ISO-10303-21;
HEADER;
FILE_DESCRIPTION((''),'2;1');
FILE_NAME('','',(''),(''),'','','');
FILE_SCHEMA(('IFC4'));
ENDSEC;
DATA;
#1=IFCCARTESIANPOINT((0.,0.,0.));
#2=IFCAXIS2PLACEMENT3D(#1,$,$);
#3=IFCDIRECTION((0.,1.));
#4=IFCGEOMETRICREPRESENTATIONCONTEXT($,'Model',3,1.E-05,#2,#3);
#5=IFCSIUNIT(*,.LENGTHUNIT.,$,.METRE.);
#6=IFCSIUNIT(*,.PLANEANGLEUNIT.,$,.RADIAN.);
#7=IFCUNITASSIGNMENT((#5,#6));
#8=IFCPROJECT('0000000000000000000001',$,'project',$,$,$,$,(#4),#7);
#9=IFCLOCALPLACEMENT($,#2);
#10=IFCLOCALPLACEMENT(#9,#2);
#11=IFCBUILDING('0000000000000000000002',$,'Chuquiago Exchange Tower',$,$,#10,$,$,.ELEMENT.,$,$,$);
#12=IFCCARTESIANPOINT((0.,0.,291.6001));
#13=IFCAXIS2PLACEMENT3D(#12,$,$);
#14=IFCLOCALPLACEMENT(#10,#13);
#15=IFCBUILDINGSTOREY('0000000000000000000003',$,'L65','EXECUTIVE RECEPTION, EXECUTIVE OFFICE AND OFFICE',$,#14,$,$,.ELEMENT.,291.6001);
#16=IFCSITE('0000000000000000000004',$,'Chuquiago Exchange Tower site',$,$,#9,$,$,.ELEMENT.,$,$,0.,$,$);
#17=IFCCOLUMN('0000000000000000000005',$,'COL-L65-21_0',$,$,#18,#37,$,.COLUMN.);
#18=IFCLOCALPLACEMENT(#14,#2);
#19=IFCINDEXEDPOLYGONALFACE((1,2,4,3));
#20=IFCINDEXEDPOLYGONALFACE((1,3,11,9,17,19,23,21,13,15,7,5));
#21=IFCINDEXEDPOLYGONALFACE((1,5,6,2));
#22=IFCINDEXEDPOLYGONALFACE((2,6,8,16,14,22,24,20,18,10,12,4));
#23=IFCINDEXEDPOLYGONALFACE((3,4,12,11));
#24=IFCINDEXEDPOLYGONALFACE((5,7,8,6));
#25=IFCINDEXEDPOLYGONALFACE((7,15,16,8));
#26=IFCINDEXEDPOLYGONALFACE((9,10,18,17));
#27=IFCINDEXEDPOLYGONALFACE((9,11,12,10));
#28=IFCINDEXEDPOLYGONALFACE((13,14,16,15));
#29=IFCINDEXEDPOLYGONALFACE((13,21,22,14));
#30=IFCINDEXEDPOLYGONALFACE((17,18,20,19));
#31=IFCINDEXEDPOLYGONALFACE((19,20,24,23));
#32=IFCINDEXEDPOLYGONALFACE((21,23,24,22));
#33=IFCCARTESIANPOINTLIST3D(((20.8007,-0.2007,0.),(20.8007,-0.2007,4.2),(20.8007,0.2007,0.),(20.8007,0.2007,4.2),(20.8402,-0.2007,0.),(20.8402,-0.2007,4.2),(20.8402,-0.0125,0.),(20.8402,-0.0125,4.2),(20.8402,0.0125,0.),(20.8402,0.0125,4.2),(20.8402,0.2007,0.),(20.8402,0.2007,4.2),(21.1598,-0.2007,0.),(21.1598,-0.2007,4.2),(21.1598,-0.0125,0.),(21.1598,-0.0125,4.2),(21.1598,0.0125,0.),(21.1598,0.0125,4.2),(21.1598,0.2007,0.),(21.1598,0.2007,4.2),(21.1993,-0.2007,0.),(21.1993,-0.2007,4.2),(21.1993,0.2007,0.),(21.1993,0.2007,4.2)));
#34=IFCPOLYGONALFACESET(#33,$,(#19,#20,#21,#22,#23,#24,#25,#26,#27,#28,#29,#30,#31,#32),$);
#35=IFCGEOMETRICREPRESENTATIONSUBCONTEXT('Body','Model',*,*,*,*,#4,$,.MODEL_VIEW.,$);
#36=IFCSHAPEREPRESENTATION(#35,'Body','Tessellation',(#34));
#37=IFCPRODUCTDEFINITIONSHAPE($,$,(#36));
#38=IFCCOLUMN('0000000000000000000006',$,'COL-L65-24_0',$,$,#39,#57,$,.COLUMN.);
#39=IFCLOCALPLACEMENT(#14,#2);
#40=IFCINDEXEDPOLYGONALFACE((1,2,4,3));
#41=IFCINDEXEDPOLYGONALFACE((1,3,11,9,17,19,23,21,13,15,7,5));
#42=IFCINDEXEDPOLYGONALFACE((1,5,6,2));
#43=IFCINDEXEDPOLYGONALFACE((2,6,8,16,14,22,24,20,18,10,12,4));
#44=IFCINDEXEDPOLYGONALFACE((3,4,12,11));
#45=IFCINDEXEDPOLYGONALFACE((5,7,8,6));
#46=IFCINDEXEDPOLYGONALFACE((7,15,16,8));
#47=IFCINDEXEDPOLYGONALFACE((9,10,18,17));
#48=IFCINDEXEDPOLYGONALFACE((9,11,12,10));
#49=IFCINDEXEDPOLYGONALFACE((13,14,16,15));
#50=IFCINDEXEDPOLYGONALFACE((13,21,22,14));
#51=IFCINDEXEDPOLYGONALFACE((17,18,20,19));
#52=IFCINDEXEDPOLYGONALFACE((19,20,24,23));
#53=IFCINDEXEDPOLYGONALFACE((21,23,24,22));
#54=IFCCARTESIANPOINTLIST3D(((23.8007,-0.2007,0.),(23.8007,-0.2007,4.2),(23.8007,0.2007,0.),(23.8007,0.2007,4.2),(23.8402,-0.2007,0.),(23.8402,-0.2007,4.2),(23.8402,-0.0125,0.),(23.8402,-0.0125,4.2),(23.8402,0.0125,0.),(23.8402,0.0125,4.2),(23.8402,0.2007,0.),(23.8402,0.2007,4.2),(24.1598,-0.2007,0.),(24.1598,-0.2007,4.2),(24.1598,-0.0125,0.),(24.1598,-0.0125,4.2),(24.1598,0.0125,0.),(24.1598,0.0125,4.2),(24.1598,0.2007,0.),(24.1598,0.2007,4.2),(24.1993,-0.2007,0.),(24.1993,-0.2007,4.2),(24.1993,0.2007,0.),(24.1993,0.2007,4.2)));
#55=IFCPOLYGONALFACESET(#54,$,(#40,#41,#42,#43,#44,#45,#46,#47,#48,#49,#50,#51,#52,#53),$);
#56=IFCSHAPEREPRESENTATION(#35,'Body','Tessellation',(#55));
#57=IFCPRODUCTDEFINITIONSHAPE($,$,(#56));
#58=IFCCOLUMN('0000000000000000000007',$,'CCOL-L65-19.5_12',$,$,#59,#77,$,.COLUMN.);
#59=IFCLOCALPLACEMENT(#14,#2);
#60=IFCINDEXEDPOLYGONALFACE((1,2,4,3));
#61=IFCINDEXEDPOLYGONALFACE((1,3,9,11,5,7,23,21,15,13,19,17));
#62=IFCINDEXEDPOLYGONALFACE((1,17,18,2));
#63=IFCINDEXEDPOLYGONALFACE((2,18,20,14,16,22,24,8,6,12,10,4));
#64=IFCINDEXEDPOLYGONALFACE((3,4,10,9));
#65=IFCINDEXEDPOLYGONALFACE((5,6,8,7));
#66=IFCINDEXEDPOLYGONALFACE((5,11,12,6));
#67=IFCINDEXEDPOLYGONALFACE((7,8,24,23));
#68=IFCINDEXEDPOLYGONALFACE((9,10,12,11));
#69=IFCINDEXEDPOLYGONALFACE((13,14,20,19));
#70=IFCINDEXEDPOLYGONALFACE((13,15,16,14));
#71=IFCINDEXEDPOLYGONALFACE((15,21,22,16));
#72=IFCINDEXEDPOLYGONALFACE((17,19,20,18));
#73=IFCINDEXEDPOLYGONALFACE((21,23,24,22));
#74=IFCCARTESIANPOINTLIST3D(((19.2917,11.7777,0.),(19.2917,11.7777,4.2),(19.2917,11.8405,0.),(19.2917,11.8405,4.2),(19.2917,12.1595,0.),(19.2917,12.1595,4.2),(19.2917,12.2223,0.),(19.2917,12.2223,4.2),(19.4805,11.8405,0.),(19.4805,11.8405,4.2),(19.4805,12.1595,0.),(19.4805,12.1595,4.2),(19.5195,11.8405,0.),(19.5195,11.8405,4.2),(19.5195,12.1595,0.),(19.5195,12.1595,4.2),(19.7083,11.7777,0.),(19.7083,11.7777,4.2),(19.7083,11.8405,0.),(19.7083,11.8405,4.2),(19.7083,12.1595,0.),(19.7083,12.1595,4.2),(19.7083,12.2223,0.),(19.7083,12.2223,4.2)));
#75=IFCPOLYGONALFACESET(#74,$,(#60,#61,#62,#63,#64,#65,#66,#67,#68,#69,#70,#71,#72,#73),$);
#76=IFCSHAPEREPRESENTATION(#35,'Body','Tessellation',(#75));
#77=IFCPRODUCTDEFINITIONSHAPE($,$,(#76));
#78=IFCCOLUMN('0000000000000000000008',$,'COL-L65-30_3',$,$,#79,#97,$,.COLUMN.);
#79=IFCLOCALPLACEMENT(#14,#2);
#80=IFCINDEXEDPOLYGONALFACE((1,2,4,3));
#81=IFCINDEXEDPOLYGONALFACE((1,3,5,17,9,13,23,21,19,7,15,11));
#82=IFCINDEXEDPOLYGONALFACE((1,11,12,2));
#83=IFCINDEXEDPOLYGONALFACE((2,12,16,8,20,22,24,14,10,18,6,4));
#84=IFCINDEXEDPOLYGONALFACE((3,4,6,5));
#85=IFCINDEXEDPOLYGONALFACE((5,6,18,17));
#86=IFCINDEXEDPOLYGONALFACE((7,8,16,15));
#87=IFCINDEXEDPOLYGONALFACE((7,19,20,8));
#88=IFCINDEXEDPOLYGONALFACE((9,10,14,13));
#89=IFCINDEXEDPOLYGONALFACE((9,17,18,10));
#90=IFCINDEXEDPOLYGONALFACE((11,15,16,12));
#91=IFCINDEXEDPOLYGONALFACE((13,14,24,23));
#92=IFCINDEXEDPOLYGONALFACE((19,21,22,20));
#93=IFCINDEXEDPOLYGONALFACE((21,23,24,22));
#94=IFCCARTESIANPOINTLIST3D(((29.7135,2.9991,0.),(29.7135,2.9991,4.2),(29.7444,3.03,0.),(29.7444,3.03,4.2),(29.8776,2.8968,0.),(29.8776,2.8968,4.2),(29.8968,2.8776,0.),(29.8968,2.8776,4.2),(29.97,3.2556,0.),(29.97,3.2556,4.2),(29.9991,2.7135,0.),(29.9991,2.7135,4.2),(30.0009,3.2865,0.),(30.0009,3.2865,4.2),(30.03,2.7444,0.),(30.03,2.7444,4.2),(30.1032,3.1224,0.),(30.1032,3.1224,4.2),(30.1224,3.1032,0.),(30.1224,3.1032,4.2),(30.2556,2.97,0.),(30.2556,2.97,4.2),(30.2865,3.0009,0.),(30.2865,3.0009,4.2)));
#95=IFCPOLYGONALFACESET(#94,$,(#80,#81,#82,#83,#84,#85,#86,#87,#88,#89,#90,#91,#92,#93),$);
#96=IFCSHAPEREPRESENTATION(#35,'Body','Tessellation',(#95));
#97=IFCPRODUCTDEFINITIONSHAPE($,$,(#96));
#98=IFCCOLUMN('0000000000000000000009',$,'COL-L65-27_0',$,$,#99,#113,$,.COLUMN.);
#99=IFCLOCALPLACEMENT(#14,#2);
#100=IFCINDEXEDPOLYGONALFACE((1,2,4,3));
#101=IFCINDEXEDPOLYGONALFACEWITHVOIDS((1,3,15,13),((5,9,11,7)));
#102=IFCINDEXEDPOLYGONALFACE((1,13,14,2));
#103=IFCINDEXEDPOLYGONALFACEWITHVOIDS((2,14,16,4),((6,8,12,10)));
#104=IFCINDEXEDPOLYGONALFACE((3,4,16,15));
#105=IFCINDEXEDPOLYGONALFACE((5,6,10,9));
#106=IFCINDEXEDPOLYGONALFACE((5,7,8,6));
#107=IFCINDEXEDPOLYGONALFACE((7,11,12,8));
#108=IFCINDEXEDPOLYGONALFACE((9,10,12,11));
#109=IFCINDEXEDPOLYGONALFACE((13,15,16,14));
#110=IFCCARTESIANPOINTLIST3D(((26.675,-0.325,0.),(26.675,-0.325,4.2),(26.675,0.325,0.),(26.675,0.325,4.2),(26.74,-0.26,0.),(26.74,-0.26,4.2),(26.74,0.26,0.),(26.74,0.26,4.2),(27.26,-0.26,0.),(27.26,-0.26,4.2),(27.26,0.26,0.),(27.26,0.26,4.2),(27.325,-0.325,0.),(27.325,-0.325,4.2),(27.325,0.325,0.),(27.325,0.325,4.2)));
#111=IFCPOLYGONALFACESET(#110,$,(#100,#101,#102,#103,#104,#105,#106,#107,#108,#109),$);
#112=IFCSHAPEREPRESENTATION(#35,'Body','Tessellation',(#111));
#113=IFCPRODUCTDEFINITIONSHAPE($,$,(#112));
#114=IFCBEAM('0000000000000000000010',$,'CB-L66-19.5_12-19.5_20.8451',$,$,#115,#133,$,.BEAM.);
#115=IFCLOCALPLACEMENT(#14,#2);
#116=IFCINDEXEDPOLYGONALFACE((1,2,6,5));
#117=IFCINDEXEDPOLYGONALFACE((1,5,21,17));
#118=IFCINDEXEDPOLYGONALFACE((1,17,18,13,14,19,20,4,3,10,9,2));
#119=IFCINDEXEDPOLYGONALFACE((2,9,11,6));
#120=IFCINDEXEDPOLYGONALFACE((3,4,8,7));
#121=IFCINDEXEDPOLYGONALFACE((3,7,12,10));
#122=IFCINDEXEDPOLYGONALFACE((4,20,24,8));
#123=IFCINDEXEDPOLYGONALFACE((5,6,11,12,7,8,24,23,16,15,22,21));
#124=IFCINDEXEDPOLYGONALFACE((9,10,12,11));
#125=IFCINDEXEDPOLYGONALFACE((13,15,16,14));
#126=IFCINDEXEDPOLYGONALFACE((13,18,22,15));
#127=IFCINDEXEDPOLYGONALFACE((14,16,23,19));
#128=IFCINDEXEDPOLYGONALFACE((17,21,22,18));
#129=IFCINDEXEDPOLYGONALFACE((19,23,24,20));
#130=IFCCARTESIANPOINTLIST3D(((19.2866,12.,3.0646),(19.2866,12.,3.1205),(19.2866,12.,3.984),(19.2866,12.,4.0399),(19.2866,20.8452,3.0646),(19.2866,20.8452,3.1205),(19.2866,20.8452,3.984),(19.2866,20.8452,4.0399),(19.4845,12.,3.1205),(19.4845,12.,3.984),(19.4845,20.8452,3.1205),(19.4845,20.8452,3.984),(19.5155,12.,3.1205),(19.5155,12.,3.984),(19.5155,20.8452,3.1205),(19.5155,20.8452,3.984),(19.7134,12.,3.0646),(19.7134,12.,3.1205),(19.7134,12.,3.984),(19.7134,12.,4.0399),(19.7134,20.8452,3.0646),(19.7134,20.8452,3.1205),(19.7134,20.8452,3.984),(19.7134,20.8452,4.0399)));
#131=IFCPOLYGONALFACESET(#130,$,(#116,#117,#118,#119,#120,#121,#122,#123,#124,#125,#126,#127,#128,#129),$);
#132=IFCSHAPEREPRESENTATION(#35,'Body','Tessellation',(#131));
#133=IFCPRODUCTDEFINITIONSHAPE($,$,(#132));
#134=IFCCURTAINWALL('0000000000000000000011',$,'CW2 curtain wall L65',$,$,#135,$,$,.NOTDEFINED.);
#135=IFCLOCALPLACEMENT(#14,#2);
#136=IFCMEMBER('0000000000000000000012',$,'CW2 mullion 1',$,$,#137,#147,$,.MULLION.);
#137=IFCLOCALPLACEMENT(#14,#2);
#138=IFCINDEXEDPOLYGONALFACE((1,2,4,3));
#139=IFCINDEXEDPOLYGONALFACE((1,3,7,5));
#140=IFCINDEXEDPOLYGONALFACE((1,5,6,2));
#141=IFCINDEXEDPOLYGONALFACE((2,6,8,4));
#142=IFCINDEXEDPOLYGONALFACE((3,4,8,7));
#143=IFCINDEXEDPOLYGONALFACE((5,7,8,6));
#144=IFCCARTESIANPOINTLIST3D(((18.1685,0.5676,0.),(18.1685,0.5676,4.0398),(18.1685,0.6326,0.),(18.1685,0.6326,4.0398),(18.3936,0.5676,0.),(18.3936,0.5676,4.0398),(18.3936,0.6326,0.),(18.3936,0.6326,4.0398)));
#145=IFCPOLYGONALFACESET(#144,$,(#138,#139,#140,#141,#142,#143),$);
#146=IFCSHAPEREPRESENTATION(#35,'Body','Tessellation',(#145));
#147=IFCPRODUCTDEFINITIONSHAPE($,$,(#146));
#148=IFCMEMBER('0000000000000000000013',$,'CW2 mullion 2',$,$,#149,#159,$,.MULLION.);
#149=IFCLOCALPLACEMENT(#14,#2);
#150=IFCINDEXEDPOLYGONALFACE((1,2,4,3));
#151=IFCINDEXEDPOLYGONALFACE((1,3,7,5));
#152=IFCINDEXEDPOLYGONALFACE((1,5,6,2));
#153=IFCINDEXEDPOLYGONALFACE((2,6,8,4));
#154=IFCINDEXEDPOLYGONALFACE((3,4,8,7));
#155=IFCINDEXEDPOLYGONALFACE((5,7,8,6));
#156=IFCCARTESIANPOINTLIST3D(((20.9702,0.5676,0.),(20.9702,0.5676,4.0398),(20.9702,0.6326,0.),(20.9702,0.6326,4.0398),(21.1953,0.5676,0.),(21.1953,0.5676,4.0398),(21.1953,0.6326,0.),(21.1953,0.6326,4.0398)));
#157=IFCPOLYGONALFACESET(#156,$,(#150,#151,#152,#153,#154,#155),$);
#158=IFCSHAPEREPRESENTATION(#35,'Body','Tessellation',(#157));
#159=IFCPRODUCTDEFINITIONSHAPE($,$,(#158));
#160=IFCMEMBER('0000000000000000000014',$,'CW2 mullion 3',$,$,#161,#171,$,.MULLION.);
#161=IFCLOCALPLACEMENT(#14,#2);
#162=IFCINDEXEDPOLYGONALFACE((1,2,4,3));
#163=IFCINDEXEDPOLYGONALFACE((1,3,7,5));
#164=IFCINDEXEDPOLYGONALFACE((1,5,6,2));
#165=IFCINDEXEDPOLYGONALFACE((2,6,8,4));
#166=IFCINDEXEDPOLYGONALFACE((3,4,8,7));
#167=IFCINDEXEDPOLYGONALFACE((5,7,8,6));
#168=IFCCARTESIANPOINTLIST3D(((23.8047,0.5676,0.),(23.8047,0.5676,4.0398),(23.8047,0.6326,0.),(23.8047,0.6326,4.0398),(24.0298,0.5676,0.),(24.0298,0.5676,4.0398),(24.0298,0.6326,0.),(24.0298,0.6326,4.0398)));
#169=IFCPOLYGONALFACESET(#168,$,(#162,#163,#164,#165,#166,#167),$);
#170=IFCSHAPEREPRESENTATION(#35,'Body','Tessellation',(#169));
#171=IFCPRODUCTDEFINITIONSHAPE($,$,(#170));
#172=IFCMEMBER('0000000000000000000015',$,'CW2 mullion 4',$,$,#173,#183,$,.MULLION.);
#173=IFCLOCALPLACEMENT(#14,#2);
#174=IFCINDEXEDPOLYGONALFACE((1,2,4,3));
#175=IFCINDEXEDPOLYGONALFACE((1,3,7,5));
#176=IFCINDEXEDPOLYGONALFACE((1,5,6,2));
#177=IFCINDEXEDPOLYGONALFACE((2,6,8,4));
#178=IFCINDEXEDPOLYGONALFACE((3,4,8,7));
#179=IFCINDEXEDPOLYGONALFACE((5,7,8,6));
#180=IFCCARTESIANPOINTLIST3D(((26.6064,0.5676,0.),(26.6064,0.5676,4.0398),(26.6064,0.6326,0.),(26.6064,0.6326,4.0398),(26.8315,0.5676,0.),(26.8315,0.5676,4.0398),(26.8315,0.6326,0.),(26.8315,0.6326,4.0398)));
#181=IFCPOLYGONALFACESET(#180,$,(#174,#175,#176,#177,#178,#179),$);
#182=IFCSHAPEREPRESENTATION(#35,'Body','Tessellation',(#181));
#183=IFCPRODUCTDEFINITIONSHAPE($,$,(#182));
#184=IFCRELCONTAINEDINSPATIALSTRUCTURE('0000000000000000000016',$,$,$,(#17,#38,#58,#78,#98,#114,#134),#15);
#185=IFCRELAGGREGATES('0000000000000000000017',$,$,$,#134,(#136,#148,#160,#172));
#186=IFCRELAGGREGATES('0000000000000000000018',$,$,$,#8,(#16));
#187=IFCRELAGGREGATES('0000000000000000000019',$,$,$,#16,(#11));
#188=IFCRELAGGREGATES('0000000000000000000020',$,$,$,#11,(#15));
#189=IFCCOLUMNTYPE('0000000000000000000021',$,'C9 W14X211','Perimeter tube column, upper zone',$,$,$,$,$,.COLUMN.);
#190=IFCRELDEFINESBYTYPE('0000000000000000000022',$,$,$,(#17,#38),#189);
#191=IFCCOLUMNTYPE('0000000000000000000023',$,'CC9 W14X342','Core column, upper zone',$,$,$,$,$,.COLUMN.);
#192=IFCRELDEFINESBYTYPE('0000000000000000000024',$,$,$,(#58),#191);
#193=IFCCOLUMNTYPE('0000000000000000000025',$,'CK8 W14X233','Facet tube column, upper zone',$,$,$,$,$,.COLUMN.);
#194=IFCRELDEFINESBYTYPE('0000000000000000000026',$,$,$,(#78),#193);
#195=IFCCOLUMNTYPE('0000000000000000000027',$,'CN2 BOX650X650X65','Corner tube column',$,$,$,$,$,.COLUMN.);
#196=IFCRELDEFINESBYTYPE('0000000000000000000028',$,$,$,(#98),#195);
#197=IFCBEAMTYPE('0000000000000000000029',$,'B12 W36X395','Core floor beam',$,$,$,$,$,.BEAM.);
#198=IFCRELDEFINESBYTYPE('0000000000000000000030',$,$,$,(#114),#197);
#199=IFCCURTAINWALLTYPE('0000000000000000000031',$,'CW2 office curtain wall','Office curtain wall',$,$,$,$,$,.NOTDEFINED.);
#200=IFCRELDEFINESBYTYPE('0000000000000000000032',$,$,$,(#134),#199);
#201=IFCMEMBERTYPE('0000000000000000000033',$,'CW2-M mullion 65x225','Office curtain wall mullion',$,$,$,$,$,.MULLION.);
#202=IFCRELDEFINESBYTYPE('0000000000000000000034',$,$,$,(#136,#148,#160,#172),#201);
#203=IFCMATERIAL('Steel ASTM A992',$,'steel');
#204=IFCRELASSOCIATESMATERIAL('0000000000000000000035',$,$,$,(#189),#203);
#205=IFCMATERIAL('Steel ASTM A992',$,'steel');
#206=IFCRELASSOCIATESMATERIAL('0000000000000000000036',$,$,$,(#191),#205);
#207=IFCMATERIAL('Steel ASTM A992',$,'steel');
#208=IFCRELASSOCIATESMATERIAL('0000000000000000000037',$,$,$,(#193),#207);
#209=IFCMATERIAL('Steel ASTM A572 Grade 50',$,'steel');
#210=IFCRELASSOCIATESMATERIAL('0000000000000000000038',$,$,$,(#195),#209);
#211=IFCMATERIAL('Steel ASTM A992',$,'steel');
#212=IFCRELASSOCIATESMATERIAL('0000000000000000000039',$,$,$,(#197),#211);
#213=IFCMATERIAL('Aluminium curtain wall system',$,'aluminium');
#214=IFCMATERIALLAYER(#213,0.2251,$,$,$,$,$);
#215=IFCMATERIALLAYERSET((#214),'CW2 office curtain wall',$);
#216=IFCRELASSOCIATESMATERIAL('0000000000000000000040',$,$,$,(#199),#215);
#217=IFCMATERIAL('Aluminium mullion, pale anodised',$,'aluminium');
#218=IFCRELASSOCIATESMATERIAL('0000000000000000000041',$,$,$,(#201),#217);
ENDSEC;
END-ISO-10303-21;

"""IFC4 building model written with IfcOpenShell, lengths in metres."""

from ifc_helpers import new_model, si_unit, direction, frame, origin, origin_2d, place, context, subcontext, project, spatial, rectangle, hollow_rectangle, i_section, extrude, material, layer, layer_set, material_profile, profile_set, type_object, element, aggregate, save


model = new_model("IFC4")

# Units and contexts
model_context = context("Model", 3, precision=1e-05, world=origin(), true_north=direction((0.0, 1.0)))
body_context = subcontext(model_context, "Body", "Model", "MODEL_VIEW")
ifc_project = project(units=[si_unit("LENGTHUNIT", "METRE"), si_unit("PLANEANGLEUNIT", "RADIAN")], contexts=[model_context])

# Site, building, storey
site_placement = place(None, origin())
site = spatial("IfcSite", under=ifc_project, at=site_placement, Name="Chuquiago Exchange Tower site", CompositionType="ELEMENT", RefElevation=0.0)
building_placement = place(site_placement, origin())
building = spatial("IfcBuilding", under=site, at=building_placement, Name="Chuquiago Exchange Tower", CompositionType="ELEMENT")
storey_placement = place(building_placement, frame((0.0, 0.0, 291.6001)))
storey = spatial("IfcBuildingStorey", under=building, at=storey_placement, Name="L65", Description="EXECUTIVE RECEPTION, EXECUTIVE OFFICE AND OFFICE", CompositionType="ELEMENT", Elevation=291.6001)

# Columns
ifc_material_1 = material(Name="Steel ASTM A992", Category="steel")
ifc_material_profile_1 = material_profile(ifc_material_1, i_section(OverallWidth=0.4014, OverallDepth=0.3987, WebThickness=0.0249, FlangeThickness=0.0396, at=origin_2d()), Name="W14X211")
ifc_profile_set_1 = profile_set([ifc_material_profile_1], Name="Steel ASTM A992")
column_type_1 = type_object("IfcColumnType", Name="C9 W14X211", Description="Perimeter tube column, upper zone", PredefinedType="COLUMN", material=ifc_profile_set_1)
for number, where, z_axis, x_axis, name in (
    (1, (21.0, 0.0, 0.0), (0.0, 0.0, 1.0), (0.0, -1.0, 0.0), "COL-L65-21_0"),
    (2, (24.0, 0.0, 0.0), (0.0, 0.0, 1.0), (0.0, -1.0, 0.0), "COL-L65-24_0"),
):
    element("IfcColumn", number, at=place(storey_placement, frame(where, z_axis=z_axis, x_axis=x_axis)), inside=storey, type_object=column_type_1, Name=name, PredefinedType="COLUMN", context=body_context, shape_type="SweptSolid", body=[
        extrude(i_section(OverallWidth=0.4014, OverallDepth=0.3987, WebThickness=0.0249, FlangeThickness=0.0396, at=origin_2d()), origin(), (0.0, 0.0, 1.0), 4.2),
    ])
ifc_material_2 = material(Name="Steel ASTM A992", Category="steel")
ifc_material_profile_2 = material_profile(ifc_material_2, i_section(OverallWidth=0.4165, OverallDepth=0.4446, WebThickness=0.0391, FlangeThickness=0.0627, at=origin_2d()), Name="W14X342")
ifc_profile_set_2 = profile_set([ifc_material_profile_2], Name="Steel ASTM A992")
column_type_2 = type_object("IfcColumnType", Name="CC9 W14X342", Description="Core column, upper zone", PredefinedType="COLUMN", material=ifc_profile_set_2)
column_1_placement = place(storey_placement, frame((19.5, 12.0, 0.0), z_axis=(0.0, 0.0, 1.0), x_axis=(1.0, 0.0, 0.0)))
element("IfcColumn", 3, at=column_1_placement, inside=storey, type_object=column_type_2, Name="CCOL-L65-19.5_12", PredefinedType="COLUMN", context=body_context, shape_type="SweptSolid", body=[
    extrude(i_section(OverallWidth=0.4165, OverallDepth=0.4446, WebThickness=0.0391, FlangeThickness=0.0627, at=origin_2d()), origin(), (0.0, 0.0, 1.0), 4.2),
])
ifc_material_3 = material(Name="Steel ASTM A992", Category="steel")
ifc_material_profile_3 = material_profile(ifc_material_3, i_section(OverallWidth=0.4038, OverallDepth=0.4065, WebThickness=0.0271, FlangeThickness=0.0437, at=origin_2d()), Name="W14X233")
ifc_profile_set_3 = profile_set([ifc_material_profile_3], Name="Steel ASTM A992")
column_type_3 = type_object("IfcColumnType", Name="CK8 W14X233", Description="Facet tube column, upper zone", PredefinedType="COLUMN", material=ifc_profile_set_3)
column_2_placement = place(storey_placement, frame((30.0, 3.0, 0.0), z_axis=(0.0, 0.0, 1.0), x_axis=(0.707107, -0.707107, 0.0)))
element("IfcColumn", 4, at=column_2_placement, inside=storey, type_object=column_type_3, Name="COL-L65-30_3", PredefinedType="COLUMN", context=body_context, shape_type="SweptSolid", body=[
    extrude(i_section(OverallWidth=0.4038, OverallDepth=0.4065, WebThickness=0.0271, FlangeThickness=0.0437, at=origin_2d()), origin(), (0.0, 0.0, 1.0), 4.2),
])
ifc_material_4 = material(Name="Steel ASTM A572 Grade 50", Category="steel")
ifc_material_profile_4 = material_profile(ifc_material_4, hollow_rectangle(XDim=0.6499, YDim=0.6499, WallThickness=0.0649, at=origin_2d()), Name="BOX650X650X65")
ifc_profile_set_4 = profile_set([ifc_material_profile_4], Name="Steel ASTM A572 Grade 50")
column_type_4 = type_object("IfcColumnType", Name="CN2 BOX650X650X65", Description="Corner tube column", PredefinedType="COLUMN", material=ifc_profile_set_4)
column_3_placement = place(storey_placement, frame((27.0, 0.0, 0.0), z_axis=(0.0, 0.0, 1.0), x_axis=(0.0, -1.0, 0.0)))
element("IfcColumn", 5, at=column_3_placement, inside=storey, type_object=column_type_4, Name="COL-L65-27_0", PredefinedType="COLUMN", context=body_context, shape_type="SweptSolid", body=[
    extrude(hollow_rectangle(XDim=0.6499, YDim=0.6499, WallThickness=0.0649, at=origin_2d()), origin(), (0.0, 0.0, 1.0), 4.2),
])

# Beam
ifc_material_5 = material(Name="Steel ASTM A992", Category="steel")
ifc_material_profile_5 = material_profile(ifc_material_5, i_section(OverallWidth=0.4268, OverallDepth=0.9753, WebThickness=0.031, FlangeThickness=0.0559, at=origin_2d()), Name="W36X395")
ifc_profile_set_5 = profile_set([ifc_material_profile_5], Name="Steel ASTM A992")
beam_type_1 = type_object("IfcBeamType", Name="B12 W36X395", Description="Core floor beam", PredefinedType="BEAM", material=ifc_profile_set_5)
beam_1_placement = place(storey_placement, frame((19.5, 12.0, 3.5522), z_axis=(0.0, 1.0, 0.0), x_axis=(-1.0, 0.0, 0.0)))
element("IfcBeam", 6, at=beam_1_placement, inside=storey, type_object=beam_type_1, Name="CB-L66-19.5_12-19.5_20.8451", PredefinedType="BEAM", context=body_context, shape_type="SweptSolid", body=[
    extrude(i_section(OverallWidth=0.4268, OverallDepth=0.9753, WebThickness=0.031, FlangeThickness=0.0559, at=origin_2d()), origin(), (0.0, 0.0, 1.0), 8.8452),
])

# Curtain wall, members
ifc_material_6 = material(Name="Aluminium curtain wall system", Category="aluminium")
ifc_layer_1 = layer(ifc_material_6, 0.2251)
ifc_layer_set_1 = layer_set([ifc_layer_1], Name="CW2 office curtain wall")
curtain_wall_type_1 = type_object("IfcCurtainWallType", Name="CW2 office curtain wall", Description="Office curtain wall", PredefinedType="NOTDEFINED", material=ifc_layer_set_1)
curtain_wall_1_placement = place(storey_placement, origin())
curtain_wall_1 = element("IfcCurtainWall", 7, at=curtain_wall_1_placement, inside=storey, type_object=curtain_wall_type_1, Name="CW2 curtain wall L65", PredefinedType="NOTDEFINED")
ifc_material_7 = material(Name="Aluminium mullion, pale anodised", Category="aluminium")
ifc_material_profile_6 = material_profile(ifc_material_7, rectangle(XDim=0.0649, YDim=0.2251, at=origin_2d()), Name="AL 65x225")
ifc_profile_set_6 = profile_set([ifc_material_profile_6], Name="Aluminium mullion, pale anodised")
member_type_1 = type_object("IfcMemberType", Name="CW2-M mullion 65x225", Description="Office curtain wall mullion", PredefinedType="MULLION", material=ifc_profile_set_6)
member_1_placement = place(storey_placement, frame((18.281, 0.6001, 0.0), z_axis=(0.0, 0.0, 1.0), x_axis=(0.0, 1.0, 0.0)))
member_1 = element("IfcMember", 8, at=member_1_placement, type_object=member_type_1, Name="CW2 mullion 1", PredefinedType="MULLION", context=body_context, shape_type="SweptSolid", body=[
    extrude(rectangle(XDim=0.0649, YDim=0.2251, at=origin_2d()), origin(), (0.0, 0.0, 1.0), 4.0398),
])
member_2_placement = place(storey_placement, frame((21.0828, 0.6001, 0.0), z_axis=(0.0, 0.0, 1.0), x_axis=(0.0, 1.0, 0.0)))
member_2 = element("IfcMember", 9, at=member_2_placement, type_object=member_type_1, Name="CW2 mullion 2", PredefinedType="MULLION", context=body_context, shape_type="SweptSolid", body=[
    extrude(rectangle(XDim=0.0649, YDim=0.2251, at=origin_2d()), origin(), (0.0, 0.0, 1.0), 4.0398),
])
member_3_placement = place(storey_placement, frame((23.9172, 0.6001, 0.0), z_axis=(0.0, 0.0, 1.0), x_axis=(0.0, 1.0, 0.0)))
member_3 = element("IfcMember", 10, at=member_3_placement, type_object=member_type_1, Name="CW2 mullion 3", PredefinedType="MULLION", context=body_context, shape_type="SweptSolid", body=[
    extrude(rectangle(XDim=0.0649, YDim=0.2251, at=origin_2d()), origin(), (0.0, 0.0, 1.0), 4.0398),
])
member_4_placement = place(storey_placement, frame((26.719, 0.6001, 0.0), z_axis=(0.0, 0.0, 1.0), x_axis=(0.0, 1.0, 0.0)))
member_4 = element("IfcMember", 11, at=member_4_placement, type_object=member_type_1, Name="CW2 mullion 4", PredefinedType="MULLION", context=body_context, shape_type="SweptSolid", body=[
    extrude(rectangle(XDim=0.0649, YDim=0.2251, at=origin_2d()), origin(), (0.0, 0.0, 1.0), 4.0398),
])

aggregate(curtain_wall_1, [member_1, member_2, member_3, member_4])

save(model, "model.ifc")
